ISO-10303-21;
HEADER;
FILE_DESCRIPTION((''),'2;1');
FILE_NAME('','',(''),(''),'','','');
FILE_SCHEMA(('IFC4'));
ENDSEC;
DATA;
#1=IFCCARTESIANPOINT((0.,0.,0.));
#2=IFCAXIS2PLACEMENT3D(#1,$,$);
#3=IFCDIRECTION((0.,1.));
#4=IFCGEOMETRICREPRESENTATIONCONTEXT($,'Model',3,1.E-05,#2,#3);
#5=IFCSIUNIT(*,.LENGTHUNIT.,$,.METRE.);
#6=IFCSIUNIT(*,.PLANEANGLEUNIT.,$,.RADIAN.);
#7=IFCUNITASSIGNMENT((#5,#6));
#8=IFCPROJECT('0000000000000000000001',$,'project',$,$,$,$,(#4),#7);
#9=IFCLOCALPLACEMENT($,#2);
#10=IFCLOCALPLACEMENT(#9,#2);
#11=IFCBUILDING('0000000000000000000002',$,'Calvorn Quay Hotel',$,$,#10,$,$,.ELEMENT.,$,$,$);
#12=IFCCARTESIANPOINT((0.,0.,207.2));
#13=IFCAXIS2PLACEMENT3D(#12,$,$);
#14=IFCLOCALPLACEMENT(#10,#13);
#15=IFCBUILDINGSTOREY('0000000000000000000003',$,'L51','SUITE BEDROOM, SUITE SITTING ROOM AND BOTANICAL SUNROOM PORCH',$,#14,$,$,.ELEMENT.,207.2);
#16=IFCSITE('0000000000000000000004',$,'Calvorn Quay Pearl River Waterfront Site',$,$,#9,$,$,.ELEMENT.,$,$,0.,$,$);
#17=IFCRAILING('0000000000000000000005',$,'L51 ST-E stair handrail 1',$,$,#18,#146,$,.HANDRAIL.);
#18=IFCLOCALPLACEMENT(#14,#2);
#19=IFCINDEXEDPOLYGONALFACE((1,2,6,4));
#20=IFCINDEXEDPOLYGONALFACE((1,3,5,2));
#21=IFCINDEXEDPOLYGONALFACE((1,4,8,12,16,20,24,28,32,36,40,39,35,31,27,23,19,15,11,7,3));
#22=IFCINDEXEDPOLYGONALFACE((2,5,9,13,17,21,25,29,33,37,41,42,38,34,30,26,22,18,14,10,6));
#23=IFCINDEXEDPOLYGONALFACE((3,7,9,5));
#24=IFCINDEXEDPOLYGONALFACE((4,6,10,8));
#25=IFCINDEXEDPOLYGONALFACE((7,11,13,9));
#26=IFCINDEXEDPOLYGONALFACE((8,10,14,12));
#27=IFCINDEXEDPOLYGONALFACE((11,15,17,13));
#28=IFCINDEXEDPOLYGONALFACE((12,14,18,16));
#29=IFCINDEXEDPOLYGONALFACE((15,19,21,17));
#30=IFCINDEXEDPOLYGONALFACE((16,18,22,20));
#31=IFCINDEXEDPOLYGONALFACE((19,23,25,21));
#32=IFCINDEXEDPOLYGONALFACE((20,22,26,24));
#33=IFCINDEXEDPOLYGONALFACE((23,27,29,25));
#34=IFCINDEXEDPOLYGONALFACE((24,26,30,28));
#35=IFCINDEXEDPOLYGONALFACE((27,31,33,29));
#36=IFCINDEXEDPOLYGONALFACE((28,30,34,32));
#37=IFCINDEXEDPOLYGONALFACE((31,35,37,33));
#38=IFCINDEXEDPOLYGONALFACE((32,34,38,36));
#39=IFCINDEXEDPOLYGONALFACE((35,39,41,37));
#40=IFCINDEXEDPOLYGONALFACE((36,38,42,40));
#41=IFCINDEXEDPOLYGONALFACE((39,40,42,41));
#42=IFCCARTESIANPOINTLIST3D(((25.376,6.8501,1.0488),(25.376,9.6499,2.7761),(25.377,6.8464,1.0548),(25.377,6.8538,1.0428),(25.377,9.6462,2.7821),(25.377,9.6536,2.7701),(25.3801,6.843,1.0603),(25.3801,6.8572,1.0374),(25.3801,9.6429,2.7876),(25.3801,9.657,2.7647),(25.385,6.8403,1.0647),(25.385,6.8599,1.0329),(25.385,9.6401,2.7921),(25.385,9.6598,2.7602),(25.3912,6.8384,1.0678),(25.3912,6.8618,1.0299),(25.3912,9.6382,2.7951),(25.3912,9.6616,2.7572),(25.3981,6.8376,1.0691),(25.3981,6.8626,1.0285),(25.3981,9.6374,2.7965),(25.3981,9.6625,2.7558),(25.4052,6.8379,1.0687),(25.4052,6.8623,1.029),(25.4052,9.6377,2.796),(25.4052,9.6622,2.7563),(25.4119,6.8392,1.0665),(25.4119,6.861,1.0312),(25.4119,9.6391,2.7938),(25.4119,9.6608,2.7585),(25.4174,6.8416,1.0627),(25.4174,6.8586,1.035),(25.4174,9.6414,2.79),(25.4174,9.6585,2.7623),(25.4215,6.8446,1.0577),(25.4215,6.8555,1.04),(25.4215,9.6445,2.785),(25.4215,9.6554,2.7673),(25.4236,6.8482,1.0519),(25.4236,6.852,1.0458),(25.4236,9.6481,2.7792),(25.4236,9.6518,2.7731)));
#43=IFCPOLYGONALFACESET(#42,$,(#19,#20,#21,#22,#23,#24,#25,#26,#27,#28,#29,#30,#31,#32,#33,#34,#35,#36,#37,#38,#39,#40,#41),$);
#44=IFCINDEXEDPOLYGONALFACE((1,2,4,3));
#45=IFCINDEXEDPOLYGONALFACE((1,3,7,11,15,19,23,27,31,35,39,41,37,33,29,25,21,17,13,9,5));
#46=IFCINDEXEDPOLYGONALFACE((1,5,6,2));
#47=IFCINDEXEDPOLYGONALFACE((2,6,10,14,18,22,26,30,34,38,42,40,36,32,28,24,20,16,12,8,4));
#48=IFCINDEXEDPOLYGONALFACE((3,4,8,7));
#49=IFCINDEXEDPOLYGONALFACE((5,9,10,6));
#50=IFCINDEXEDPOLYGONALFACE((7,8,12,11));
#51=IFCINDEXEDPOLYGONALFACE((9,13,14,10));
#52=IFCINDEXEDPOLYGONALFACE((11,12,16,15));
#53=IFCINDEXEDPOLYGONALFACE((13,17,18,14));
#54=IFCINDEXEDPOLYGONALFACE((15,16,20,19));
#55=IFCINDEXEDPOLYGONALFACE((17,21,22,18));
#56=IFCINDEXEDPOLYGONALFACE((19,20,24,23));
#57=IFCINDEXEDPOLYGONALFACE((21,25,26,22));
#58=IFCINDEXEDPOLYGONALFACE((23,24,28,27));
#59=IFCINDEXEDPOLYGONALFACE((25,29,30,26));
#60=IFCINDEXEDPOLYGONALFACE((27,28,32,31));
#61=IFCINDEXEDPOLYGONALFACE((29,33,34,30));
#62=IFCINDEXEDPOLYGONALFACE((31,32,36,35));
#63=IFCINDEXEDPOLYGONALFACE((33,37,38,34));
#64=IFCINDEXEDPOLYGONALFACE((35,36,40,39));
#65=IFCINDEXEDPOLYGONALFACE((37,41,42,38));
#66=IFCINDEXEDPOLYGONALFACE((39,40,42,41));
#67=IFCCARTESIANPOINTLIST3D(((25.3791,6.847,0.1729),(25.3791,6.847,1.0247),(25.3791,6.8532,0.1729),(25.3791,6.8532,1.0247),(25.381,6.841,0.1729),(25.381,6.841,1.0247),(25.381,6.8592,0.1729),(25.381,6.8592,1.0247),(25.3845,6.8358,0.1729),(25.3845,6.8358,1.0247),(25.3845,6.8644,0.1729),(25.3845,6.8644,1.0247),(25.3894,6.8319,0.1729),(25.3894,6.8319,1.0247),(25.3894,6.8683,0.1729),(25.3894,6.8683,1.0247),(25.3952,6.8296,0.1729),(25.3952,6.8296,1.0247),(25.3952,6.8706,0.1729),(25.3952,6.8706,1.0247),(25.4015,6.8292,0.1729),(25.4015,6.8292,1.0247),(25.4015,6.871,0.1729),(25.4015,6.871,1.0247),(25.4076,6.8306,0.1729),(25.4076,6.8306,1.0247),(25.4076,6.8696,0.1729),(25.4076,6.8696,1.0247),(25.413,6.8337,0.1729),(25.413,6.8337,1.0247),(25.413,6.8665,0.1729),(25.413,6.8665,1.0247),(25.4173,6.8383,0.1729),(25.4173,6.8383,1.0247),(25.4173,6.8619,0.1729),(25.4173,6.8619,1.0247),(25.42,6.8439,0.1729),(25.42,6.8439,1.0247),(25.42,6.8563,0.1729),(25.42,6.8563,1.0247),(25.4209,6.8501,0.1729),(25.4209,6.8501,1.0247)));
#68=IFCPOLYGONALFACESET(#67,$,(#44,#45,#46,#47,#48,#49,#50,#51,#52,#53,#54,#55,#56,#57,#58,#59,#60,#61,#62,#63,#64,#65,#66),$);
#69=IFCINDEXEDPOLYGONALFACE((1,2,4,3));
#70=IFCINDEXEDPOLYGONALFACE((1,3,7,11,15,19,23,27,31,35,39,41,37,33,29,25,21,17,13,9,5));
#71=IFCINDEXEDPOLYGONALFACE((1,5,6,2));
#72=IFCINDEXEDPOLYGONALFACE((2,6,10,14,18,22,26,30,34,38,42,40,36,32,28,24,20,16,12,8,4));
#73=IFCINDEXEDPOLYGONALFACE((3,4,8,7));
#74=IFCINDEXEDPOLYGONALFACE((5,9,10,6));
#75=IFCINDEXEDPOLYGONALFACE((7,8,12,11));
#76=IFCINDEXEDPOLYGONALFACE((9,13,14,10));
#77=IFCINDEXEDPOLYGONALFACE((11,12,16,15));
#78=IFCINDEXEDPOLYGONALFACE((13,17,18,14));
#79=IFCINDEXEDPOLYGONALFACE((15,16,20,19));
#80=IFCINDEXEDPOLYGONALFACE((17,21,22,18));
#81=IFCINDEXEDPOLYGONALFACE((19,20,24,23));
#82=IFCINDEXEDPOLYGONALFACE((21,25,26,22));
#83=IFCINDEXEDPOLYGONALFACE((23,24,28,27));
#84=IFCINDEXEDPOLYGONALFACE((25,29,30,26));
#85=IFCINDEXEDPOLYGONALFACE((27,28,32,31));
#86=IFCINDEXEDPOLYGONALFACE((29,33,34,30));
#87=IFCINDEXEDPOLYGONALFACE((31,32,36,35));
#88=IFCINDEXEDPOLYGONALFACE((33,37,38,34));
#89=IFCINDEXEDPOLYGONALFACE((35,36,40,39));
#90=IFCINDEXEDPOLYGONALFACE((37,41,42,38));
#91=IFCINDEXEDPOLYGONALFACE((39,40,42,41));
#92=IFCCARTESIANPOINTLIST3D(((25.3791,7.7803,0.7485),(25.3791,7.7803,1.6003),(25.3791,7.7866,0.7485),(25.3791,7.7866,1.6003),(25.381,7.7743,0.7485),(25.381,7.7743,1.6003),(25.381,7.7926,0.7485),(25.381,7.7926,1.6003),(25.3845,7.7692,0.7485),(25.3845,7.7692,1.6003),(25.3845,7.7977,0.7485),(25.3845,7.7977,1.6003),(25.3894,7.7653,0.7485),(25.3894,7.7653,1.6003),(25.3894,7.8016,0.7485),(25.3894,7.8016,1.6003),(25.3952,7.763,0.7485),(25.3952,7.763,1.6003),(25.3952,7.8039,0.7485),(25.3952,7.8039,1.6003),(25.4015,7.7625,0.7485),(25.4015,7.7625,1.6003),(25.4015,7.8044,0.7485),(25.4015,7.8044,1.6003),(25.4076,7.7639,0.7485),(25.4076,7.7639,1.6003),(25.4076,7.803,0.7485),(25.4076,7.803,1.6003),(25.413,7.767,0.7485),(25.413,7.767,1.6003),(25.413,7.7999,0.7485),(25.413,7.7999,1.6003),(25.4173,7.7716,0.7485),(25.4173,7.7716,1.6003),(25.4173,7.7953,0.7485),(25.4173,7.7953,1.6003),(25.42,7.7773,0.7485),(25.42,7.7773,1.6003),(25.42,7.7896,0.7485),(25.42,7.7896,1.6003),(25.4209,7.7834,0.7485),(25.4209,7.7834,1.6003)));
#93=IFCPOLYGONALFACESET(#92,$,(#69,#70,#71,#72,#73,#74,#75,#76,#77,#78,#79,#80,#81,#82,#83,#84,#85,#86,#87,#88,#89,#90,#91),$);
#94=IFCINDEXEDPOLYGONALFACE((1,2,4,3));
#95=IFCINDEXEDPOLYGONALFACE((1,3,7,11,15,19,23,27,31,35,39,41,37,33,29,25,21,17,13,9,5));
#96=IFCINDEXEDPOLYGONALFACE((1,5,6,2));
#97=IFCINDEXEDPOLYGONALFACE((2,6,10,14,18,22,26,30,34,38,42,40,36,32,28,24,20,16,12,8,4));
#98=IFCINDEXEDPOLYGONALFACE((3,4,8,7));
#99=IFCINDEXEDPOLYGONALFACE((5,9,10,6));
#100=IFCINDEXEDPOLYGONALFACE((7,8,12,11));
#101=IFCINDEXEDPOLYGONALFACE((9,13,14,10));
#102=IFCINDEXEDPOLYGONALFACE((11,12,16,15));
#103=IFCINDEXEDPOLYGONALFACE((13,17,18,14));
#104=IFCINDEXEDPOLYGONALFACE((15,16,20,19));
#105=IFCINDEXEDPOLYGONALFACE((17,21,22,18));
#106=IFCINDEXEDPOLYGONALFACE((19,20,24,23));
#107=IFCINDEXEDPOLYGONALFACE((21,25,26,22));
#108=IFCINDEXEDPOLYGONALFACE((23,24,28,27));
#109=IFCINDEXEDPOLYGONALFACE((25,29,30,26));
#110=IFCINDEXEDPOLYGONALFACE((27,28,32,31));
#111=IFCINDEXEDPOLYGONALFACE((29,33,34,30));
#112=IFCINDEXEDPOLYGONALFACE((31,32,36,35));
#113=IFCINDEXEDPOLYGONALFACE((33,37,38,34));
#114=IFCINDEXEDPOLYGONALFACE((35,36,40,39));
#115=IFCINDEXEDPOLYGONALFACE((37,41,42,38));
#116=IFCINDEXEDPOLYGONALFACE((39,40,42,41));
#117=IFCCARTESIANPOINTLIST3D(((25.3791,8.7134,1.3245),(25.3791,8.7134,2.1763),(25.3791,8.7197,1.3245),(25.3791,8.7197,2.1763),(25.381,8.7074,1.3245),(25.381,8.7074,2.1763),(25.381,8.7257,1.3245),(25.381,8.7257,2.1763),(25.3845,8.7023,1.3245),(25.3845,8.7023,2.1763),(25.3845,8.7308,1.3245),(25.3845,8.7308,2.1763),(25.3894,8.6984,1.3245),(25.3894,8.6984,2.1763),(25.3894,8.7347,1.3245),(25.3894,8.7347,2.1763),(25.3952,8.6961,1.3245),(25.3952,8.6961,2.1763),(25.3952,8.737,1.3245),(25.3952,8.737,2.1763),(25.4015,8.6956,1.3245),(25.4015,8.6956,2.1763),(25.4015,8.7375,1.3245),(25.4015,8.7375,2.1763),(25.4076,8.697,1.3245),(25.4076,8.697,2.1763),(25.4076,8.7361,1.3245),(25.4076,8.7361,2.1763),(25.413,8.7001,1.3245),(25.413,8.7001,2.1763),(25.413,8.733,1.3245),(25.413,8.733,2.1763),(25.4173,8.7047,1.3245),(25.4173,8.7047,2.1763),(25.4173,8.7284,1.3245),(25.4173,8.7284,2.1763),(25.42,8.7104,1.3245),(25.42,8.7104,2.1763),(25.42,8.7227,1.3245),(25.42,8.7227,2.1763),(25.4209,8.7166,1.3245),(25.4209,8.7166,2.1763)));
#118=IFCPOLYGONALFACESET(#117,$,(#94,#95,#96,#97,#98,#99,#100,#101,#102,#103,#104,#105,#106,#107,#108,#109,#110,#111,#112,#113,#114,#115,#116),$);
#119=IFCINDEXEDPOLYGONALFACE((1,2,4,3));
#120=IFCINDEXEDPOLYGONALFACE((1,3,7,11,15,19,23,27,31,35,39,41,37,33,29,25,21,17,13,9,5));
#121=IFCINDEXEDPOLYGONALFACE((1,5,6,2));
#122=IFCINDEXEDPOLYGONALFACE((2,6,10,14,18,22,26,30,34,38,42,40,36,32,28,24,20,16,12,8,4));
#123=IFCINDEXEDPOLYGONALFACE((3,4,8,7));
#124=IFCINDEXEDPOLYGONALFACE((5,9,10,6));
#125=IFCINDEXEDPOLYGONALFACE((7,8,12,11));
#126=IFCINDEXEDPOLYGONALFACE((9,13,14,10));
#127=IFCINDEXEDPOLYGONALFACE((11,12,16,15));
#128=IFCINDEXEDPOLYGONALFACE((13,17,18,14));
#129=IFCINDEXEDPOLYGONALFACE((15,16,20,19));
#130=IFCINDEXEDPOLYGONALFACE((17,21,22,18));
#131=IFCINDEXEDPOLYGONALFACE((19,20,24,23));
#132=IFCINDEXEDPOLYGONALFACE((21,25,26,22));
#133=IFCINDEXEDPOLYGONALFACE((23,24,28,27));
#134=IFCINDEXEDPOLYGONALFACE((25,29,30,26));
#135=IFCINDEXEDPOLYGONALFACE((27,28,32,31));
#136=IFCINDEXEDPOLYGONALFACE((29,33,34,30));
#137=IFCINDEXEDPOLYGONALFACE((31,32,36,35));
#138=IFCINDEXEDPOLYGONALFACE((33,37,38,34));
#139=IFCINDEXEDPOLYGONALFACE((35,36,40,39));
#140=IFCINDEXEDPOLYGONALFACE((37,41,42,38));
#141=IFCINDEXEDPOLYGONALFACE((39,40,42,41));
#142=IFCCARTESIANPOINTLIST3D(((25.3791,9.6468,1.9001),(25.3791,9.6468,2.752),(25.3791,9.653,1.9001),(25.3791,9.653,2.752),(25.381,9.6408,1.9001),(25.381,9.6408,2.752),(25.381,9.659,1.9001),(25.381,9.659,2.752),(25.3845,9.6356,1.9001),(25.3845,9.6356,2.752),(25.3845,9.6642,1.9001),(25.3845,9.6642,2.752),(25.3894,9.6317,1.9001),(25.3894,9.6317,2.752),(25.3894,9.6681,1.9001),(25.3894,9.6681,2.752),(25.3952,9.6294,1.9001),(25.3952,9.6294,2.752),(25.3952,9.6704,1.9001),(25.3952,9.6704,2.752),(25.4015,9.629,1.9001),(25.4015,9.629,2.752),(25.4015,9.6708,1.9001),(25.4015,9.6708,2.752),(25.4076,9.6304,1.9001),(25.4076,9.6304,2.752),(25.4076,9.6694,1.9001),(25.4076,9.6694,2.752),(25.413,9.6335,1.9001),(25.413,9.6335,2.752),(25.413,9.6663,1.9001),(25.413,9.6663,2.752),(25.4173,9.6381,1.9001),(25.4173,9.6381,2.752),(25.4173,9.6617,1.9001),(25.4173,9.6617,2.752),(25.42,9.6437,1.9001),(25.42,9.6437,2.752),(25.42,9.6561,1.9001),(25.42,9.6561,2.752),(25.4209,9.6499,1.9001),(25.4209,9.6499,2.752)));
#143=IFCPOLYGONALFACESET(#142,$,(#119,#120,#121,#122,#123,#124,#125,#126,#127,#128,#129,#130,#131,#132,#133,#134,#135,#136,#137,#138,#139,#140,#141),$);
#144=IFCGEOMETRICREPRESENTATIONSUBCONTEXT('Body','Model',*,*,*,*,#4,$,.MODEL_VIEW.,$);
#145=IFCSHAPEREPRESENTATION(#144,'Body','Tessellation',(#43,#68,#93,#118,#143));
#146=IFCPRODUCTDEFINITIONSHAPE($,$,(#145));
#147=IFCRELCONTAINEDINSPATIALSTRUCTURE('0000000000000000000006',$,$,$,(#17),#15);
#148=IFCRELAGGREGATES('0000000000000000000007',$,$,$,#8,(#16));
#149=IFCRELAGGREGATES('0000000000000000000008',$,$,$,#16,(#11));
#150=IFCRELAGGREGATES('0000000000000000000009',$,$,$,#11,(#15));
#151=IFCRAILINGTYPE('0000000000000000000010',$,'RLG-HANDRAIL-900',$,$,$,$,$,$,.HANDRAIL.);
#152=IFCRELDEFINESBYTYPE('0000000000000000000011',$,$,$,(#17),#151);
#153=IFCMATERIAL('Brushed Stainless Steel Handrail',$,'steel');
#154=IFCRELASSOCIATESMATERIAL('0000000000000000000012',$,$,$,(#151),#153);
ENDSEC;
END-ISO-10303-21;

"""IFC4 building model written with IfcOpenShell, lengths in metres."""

from ifc_helpers import new_model, si_unit, direction, frame, origin, origin_2d, place, context, subcontext, project, spatial, circle, extrude, material, type_object, element, save


model = new_model("IFC4")

# Units and contexts
model_context = context("Model", 3, precision=1e-05, world=origin(), true_north=direction((0.0, 1.0)))
body_context = subcontext(model_context, "Body", "Model", "MODEL_VIEW")
ifc_project = project(units=[si_unit("LENGTHUNIT", "METRE"), si_unit("PLANEANGLEUNIT", "RADIAN")], contexts=[model_context])

# Site, building, storey
site_placement = place(None, origin())
site = spatial("IfcSite", under=ifc_project, at=site_placement, Name="Calvorn Quay Pearl River Waterfront Site", CompositionType="ELEMENT", RefElevation=0.0)
building_placement = place(site_placement, origin())
building = spatial("IfcBuilding", under=site, at=building_placement, Name="Calvorn Quay Hotel", CompositionType="ELEMENT")
storey_placement = place(building_placement, frame((0.0, 0.0, 207.2)))
storey = spatial("IfcBuildingStorey", under=building, at=storey_placement, Name="L51", Description="SUITE BEDROOM, SUITE SITTING ROOM AND BOTANICAL SUNROOM PORCH", CompositionType="ELEMENT", Elevation=207.2)

# Railing
ifc_material_1 = material(Name="Brushed Stainless Steel Handrail", Category="steel")
railing_type_1 = type_object("IfcRailingType", Name="RLG-HANDRAIL-900", PredefinedType="HANDRAIL", material=ifc_material_1)
railing_1_placement = place(storey_placement, frame((25.3999, 6.8501, 0.1729)))
element("IfcRailing", 1, at=railing_1_placement, inside=storey, type_object=railing_type_1, Name="L51 ST-E stair handrail 1", PredefinedType="HANDRAIL", context=body_context, shape_type="SweptSolid", body=[
    extrude(circle(Radius=0.0239, at=origin_2d()), frame((0.0, 0.0, 0.876), z_axis=(0.0, 0.851069, 0.525054), x_axis=(-1.0, 0.0, 0.0)), (0.0, 0.0, 1.0), 3.2898),
    extrude(circle(Radius=0.021, at=origin_2d()), origin(), (0.0, 0.0, 1.0), 0.8518),
    extrude(circle(Radius=0.021, at=origin_2d()), frame((0.0, 0.9333, 0.5757)), (0.0, 0.0, 1.0), 0.8518),
    extrude(circle(Radius=0.021, at=origin_2d()), frame((0.0, 1.8665, 1.1516)), (0.0, 0.0, 1.0), 0.8518),
    extrude(circle(Radius=0.021, at=origin_2d()), frame((0.0, 2.7998, 1.7273)), (0.0, 0.0, 1.0), 0.8518),
])

save(model, "model.ifc")
